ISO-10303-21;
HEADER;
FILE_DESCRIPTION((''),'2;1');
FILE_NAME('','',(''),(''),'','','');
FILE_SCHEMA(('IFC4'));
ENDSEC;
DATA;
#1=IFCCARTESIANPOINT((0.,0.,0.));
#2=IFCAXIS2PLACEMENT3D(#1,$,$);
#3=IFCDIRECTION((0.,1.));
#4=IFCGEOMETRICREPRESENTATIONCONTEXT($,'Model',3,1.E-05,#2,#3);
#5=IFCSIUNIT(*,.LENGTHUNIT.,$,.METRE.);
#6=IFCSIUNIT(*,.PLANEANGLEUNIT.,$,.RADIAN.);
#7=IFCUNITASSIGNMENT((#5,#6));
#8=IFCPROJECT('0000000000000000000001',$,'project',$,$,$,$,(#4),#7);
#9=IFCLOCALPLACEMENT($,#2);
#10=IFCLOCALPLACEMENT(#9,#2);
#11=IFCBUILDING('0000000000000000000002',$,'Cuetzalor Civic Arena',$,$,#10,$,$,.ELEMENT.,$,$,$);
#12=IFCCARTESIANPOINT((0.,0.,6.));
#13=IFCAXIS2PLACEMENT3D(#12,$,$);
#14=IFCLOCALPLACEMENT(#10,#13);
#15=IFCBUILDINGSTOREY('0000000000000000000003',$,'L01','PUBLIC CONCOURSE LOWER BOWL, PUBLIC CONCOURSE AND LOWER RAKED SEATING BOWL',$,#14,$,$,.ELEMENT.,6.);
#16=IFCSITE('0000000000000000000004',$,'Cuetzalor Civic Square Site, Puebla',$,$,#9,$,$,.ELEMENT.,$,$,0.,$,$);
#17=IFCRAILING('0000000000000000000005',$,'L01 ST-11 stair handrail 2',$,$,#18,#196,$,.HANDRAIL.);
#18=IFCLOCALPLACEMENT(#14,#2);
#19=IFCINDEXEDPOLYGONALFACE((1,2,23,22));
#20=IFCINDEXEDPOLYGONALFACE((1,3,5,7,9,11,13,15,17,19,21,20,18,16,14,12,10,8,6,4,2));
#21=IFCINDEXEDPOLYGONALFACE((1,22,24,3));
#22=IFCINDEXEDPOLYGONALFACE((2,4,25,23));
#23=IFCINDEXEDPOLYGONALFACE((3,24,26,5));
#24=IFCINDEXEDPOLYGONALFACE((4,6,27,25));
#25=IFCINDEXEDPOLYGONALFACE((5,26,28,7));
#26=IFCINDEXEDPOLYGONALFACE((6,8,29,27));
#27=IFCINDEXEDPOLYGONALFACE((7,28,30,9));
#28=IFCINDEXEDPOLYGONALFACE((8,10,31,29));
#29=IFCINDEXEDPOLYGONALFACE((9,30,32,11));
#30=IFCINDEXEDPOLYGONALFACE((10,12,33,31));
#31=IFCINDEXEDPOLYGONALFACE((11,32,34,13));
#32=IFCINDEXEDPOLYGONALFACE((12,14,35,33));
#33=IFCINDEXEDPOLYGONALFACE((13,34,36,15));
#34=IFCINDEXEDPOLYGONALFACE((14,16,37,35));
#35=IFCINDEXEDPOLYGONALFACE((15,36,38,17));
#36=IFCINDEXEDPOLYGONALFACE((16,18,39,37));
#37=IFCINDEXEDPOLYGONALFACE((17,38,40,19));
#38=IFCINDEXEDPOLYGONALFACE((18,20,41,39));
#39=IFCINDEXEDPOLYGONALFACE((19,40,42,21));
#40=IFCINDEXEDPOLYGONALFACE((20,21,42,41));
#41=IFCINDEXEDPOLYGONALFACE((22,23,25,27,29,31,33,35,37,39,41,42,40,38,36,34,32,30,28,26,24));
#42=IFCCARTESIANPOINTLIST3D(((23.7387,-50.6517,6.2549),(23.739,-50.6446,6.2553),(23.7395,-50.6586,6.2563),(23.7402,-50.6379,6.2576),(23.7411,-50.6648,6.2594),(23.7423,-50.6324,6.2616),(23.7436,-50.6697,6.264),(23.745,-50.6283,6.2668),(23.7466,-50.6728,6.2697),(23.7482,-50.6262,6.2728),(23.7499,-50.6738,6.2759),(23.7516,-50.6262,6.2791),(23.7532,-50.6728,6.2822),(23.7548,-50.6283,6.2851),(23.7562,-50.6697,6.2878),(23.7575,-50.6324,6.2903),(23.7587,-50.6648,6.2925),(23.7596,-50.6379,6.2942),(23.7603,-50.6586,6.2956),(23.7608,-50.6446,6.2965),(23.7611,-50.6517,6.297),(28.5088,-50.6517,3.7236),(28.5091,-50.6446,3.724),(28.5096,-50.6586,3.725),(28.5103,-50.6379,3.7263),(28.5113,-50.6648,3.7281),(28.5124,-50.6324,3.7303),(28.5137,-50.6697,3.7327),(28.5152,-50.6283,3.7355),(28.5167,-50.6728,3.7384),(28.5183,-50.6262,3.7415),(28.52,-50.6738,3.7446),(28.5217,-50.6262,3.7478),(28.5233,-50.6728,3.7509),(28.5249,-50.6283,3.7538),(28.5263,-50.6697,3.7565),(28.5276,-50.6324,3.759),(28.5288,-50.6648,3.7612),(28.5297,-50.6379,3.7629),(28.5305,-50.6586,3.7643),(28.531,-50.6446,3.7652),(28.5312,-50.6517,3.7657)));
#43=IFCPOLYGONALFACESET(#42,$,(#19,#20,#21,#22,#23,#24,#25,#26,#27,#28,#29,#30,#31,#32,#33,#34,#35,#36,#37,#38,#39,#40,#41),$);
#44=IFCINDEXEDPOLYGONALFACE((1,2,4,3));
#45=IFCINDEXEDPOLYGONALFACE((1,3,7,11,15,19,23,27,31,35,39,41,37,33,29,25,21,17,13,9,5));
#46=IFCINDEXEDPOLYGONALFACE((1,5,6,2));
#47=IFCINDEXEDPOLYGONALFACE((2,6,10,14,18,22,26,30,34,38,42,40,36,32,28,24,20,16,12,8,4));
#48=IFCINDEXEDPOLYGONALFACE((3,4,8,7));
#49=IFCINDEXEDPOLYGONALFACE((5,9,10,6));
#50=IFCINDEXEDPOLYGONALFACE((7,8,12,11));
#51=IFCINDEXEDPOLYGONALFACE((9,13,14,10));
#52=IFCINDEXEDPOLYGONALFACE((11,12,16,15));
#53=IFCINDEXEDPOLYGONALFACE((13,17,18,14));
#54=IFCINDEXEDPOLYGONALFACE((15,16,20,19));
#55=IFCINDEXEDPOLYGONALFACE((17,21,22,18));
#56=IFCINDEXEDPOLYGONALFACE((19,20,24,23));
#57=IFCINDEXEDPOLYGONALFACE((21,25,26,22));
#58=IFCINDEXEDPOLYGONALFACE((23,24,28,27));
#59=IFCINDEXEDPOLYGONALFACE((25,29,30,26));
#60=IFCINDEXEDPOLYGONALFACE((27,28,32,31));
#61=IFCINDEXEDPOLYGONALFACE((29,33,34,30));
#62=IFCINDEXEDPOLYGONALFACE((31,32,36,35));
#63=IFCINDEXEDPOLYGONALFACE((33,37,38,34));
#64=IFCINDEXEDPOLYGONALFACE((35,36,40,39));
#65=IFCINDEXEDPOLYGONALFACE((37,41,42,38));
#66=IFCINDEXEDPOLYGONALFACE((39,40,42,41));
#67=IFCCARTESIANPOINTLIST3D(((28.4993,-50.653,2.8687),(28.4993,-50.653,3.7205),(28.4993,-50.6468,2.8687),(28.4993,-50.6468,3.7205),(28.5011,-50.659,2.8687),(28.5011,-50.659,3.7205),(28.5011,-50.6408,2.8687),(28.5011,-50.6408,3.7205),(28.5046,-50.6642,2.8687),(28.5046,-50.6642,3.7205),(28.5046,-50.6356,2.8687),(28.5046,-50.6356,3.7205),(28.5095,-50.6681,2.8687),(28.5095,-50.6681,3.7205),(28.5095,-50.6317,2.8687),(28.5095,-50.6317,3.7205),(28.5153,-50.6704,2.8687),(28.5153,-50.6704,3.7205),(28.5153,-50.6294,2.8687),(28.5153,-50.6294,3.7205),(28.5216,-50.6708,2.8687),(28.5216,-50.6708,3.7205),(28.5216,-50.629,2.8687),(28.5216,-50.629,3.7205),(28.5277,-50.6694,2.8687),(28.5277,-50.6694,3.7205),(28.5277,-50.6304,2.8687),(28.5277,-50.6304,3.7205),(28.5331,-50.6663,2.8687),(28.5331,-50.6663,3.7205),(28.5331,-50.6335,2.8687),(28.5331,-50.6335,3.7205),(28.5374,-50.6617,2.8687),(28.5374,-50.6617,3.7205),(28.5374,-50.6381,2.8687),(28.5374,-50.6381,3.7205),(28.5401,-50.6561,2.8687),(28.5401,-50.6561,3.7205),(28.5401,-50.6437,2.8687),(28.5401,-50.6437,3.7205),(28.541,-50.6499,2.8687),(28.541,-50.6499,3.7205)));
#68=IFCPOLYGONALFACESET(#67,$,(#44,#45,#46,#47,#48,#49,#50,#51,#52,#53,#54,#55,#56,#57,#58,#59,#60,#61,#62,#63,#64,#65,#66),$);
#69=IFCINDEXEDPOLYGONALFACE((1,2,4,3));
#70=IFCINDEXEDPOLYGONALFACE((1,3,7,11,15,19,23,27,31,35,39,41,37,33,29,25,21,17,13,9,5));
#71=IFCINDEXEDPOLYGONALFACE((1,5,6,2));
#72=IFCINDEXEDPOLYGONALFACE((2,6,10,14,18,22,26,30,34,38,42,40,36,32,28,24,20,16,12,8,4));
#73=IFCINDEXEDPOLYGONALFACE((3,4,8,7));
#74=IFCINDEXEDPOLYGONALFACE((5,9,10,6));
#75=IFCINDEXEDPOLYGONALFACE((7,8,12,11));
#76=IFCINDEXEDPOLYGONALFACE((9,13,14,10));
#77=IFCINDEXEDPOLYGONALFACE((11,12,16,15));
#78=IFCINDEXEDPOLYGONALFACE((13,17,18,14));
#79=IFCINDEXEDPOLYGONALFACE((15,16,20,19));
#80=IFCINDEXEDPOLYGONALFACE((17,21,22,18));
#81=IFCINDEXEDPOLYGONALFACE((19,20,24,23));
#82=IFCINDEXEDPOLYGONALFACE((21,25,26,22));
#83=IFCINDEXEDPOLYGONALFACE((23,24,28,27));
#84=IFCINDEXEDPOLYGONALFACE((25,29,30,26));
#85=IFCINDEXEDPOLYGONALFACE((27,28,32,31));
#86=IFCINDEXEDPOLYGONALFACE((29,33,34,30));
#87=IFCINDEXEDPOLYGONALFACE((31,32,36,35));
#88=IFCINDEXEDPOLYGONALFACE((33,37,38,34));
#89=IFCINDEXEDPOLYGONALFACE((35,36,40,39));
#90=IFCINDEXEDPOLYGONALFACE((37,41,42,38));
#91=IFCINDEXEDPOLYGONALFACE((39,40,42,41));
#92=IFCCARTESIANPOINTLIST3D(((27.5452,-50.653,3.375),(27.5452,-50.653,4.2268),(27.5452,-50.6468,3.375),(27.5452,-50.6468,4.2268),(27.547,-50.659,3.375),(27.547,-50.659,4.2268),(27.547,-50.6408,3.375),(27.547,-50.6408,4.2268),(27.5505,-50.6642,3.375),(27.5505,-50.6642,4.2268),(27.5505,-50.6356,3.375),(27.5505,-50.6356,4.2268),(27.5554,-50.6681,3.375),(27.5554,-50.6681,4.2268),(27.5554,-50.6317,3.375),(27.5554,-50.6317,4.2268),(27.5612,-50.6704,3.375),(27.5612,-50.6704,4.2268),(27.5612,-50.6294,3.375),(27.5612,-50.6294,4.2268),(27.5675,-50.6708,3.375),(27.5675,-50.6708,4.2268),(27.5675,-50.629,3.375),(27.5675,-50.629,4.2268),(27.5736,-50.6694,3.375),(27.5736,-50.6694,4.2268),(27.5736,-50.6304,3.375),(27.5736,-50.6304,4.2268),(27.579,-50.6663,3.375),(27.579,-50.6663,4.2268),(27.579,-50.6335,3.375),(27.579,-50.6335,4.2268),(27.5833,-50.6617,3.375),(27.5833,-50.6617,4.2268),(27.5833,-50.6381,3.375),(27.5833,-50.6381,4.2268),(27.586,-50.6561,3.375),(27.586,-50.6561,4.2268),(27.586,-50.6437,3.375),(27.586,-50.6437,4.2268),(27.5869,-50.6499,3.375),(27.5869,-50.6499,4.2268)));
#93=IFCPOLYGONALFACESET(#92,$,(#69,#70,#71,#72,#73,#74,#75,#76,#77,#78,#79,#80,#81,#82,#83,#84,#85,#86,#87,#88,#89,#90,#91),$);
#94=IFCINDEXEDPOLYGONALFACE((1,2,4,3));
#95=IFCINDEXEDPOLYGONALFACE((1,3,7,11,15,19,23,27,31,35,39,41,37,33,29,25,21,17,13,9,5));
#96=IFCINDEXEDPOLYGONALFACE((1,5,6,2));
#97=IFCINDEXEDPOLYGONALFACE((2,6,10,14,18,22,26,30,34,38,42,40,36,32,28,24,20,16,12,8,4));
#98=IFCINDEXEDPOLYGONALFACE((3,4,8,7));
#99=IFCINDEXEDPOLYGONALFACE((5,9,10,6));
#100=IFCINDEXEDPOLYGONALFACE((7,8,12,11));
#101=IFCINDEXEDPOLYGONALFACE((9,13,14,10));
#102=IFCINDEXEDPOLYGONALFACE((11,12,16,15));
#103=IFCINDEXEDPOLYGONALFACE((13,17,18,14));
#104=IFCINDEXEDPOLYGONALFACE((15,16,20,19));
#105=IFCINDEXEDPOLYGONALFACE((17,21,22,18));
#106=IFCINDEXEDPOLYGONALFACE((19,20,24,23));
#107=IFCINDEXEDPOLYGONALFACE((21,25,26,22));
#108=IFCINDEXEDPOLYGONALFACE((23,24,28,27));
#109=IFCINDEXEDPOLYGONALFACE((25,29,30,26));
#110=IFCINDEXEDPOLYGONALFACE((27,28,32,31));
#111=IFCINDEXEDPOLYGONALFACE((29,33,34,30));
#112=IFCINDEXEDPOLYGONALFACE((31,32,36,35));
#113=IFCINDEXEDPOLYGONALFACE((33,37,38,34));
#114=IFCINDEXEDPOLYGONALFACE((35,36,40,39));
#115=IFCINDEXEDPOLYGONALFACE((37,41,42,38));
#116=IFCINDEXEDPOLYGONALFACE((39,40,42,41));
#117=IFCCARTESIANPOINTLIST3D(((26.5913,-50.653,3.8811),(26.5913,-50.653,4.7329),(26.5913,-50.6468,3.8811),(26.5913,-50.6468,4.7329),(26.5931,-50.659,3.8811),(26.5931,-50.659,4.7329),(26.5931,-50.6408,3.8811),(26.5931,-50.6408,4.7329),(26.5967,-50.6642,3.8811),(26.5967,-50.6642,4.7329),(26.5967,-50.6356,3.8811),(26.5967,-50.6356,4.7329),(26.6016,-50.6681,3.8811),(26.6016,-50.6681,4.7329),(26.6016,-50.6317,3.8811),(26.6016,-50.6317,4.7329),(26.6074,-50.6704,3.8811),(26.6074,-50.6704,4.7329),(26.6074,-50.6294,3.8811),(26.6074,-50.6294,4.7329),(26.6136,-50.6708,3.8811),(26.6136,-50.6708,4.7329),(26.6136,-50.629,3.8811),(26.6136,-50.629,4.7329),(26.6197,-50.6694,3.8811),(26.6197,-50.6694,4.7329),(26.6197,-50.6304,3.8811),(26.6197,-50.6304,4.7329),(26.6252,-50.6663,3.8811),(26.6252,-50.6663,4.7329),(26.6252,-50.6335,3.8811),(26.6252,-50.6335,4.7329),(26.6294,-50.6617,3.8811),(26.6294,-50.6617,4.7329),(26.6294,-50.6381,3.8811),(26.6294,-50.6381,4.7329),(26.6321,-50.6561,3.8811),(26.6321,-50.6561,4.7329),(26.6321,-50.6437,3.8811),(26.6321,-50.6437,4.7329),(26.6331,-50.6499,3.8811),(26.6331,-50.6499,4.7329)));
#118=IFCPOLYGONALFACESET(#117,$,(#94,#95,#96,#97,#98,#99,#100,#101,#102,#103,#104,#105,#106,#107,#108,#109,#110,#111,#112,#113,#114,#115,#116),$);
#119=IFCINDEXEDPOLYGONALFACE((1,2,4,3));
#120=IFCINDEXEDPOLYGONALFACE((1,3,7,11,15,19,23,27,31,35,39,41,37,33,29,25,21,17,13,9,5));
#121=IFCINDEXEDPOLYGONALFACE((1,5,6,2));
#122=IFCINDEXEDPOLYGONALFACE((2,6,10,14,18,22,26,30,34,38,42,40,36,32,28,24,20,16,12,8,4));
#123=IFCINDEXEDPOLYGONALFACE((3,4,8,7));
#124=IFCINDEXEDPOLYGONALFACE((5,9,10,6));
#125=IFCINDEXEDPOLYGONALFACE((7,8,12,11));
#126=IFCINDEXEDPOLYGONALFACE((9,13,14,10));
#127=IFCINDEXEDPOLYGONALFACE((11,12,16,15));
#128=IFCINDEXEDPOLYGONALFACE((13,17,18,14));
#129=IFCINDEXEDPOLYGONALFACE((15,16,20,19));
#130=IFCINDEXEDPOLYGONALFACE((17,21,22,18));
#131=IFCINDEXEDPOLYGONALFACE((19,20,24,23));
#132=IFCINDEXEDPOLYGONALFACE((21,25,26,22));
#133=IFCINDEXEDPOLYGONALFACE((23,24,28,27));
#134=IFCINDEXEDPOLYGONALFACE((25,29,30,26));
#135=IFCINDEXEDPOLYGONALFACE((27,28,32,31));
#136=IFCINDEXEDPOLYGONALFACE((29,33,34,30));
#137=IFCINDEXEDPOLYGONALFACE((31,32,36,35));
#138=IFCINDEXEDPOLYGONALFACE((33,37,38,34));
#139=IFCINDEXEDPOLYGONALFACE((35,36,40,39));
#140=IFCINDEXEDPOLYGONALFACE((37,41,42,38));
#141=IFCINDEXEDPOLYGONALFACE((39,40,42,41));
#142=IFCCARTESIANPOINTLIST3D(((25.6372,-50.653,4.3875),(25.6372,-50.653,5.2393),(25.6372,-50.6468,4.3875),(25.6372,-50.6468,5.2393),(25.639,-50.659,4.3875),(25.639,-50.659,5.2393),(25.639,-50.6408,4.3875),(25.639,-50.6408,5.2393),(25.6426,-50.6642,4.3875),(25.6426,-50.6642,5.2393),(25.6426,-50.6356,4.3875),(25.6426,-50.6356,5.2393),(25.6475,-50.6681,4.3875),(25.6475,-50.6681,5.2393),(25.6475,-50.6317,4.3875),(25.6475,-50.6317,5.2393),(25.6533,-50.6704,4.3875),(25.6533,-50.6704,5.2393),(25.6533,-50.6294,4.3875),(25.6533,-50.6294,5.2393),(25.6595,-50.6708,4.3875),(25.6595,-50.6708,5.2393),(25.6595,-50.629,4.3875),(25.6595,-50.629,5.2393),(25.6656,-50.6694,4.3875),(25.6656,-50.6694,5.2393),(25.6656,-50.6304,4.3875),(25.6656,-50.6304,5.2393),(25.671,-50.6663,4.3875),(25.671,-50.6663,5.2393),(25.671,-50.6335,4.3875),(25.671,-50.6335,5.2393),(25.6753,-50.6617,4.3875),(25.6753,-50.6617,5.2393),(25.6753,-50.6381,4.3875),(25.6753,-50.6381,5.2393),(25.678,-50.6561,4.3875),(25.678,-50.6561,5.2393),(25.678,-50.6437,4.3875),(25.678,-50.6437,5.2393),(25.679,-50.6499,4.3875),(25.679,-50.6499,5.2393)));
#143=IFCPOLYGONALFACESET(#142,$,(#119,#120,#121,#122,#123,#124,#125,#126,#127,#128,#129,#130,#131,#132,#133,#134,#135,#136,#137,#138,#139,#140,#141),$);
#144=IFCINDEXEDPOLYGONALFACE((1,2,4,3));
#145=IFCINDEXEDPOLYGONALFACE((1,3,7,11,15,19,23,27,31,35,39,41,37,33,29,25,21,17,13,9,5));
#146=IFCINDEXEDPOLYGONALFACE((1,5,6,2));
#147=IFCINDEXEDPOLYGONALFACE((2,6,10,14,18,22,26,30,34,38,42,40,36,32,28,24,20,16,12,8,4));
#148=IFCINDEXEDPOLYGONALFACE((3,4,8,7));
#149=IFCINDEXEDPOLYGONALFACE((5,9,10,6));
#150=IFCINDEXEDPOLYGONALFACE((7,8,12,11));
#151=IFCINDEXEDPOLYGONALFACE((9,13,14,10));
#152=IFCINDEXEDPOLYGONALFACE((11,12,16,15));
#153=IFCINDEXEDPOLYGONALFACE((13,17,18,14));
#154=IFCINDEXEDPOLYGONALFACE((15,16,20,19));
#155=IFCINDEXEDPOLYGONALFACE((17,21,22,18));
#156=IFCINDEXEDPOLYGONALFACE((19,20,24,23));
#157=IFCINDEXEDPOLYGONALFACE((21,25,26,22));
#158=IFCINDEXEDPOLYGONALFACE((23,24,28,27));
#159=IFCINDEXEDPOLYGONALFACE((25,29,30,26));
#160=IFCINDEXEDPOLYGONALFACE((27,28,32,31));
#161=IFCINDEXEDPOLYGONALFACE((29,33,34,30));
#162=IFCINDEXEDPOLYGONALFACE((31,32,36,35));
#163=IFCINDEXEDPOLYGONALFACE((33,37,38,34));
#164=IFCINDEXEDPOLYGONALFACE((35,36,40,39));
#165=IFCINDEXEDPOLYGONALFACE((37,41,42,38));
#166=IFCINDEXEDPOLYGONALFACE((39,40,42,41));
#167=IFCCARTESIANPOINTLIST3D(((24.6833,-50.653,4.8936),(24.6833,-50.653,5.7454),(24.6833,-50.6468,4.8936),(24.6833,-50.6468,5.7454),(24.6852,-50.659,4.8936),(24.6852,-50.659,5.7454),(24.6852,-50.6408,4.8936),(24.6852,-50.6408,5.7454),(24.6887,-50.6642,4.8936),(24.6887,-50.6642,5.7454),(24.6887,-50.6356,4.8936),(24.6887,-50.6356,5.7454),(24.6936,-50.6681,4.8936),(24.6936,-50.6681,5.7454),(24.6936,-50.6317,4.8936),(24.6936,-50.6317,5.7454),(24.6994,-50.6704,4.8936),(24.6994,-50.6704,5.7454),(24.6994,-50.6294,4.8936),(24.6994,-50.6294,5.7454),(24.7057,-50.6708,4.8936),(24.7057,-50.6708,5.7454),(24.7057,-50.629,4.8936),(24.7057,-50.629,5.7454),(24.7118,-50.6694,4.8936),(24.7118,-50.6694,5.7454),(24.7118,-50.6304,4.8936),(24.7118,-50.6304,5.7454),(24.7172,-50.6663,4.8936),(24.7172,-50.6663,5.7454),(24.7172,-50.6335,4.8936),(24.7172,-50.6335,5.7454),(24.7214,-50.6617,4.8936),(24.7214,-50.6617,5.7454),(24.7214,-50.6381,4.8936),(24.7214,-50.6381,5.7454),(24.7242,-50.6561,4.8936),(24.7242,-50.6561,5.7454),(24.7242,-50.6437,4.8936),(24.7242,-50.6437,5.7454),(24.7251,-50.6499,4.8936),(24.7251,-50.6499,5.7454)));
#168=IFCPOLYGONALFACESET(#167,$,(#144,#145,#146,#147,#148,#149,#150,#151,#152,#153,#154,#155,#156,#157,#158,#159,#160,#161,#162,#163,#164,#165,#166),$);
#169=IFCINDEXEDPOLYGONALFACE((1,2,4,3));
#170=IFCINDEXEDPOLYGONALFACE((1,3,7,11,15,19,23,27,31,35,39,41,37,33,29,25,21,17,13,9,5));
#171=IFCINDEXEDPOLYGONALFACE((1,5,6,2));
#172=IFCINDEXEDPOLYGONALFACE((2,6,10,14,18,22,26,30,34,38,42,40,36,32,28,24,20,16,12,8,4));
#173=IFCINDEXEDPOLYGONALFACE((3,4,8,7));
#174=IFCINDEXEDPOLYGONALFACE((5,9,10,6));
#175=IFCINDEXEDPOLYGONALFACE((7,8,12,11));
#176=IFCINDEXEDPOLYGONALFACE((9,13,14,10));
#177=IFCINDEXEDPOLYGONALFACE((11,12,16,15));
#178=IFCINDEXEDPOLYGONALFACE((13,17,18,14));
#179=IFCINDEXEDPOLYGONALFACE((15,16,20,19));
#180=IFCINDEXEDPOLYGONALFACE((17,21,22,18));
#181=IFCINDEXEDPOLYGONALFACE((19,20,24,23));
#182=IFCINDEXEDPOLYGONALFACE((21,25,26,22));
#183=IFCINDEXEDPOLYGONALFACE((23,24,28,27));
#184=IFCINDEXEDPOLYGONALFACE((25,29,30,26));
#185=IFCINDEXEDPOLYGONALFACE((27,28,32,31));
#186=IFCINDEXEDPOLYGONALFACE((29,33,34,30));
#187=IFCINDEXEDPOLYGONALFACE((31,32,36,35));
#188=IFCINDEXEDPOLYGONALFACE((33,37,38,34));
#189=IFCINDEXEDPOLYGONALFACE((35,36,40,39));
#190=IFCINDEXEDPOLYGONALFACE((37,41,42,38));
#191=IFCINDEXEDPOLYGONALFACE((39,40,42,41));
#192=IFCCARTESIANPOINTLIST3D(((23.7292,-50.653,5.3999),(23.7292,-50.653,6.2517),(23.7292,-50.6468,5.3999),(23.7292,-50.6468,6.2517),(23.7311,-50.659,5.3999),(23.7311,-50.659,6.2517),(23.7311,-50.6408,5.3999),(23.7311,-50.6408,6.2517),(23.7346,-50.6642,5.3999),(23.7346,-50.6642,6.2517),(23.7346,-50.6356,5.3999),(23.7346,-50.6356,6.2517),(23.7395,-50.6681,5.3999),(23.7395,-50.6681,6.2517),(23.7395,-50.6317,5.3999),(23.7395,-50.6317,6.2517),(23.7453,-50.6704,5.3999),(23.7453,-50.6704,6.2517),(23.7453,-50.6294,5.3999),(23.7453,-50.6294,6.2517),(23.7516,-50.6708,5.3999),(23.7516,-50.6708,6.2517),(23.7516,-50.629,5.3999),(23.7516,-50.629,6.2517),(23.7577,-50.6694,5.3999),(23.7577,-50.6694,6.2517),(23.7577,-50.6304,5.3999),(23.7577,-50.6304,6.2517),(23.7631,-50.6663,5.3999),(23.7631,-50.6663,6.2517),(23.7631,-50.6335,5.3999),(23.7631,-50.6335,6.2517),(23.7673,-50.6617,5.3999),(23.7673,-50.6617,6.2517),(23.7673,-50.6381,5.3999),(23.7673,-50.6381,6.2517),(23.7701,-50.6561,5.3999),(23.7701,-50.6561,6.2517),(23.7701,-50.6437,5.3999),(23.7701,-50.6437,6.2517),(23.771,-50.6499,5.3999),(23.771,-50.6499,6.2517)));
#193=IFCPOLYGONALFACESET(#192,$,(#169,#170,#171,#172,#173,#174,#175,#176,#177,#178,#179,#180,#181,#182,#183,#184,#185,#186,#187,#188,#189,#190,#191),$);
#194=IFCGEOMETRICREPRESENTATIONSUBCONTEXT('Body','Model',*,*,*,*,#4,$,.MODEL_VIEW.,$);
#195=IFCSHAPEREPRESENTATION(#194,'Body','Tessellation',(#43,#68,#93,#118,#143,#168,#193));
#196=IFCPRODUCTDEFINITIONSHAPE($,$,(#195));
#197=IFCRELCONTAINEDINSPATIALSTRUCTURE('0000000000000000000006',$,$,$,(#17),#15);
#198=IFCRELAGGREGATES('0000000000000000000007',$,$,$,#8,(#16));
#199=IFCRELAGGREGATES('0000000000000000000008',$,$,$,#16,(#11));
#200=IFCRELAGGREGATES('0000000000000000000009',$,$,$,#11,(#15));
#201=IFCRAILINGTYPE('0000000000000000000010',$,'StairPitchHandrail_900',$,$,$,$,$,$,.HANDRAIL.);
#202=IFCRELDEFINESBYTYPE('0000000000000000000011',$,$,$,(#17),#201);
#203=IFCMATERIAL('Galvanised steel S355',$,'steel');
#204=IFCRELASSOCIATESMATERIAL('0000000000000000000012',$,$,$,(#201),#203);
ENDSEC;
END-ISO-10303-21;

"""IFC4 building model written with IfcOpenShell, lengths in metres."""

from ifc_helpers import new_model, si_unit, direction, frame, origin, origin_2d, place, context, subcontext, project, spatial, circle, extrude, material, type_object, element, save


model = new_model("IFC4")

# Units and contexts
model_context = context("Model", 3, precision=1e-05, world=origin(), true_north=direction((0.0, 1.0)))
body_context = subcontext(model_context, "Body", "Model", "MODEL_VIEW")
ifc_project = project(units=[si_unit("LENGTHUNIT", "METRE"), si_unit("PLANEANGLEUNIT", "RADIAN")], contexts=[model_context])

# Site, building, storey
site_placement = place(None, origin())
site = spatial("IfcSite", under=ifc_project, at=site_placement, Name="Cuetzalor Civic Square Site, Puebla", CompositionType="ELEMENT", RefElevation=0.0)
building_placement = place(site_placement, origin())
building = spatial("IfcBuilding", under=site, at=building_placement, Name="Cuetzalor Civic Arena", CompositionType="ELEMENT")
storey_placement = place(building_placement, frame((0.0, 0.0, 6.0)))
storey = spatial("IfcBuildingStorey", under=building, at=storey_placement, Name="L01", Description="PUBLIC CONCOURSE LOWER BOWL, PUBLIC CONCOURSE AND LOWER RAKED SEATING BOWL", CompositionType="ELEMENT", Elevation=6.0)

# Railing
ifc_material_1 = material(Name="Galvanised steel S355", Category="steel")
railing_type_1 = type_object("IfcRailingType", Name="StairPitchHandrail_900", PredefinedType="HANDRAIL", material=ifc_material_1)
railing_1_placement = place(storey_placement, frame((28.52, -50.6499, 2.8687)))
element("IfcRailing", 1, at=railing_1_placement, inside=storey, type_object=railing_type_1, Name="L01 ST-11 stair handrail 2", PredefinedType="HANDRAIL", context=body_context, shape_type="SweptSolid", body=[
    extrude(circle(Radius=0.0239, at=origin_2d()), frame((0.0, 0.0, 0.876), z_axis=(-0.883332, 0.0, 0.468747), x_axis=(0.0, -1.0, 0.0)), (0.0, 0.0, 1.0), 5.4001),
    extrude(circle(Radius=0.021, at=origin_2d()), origin(), (0.0, 0.0, 1.0), 0.8518),
    extrude(circle(Radius=0.021, at=origin_2d()), frame((-0.9541, 0.0, 0.5063)), (0.0, 0.0, 1.0), 0.8518),
    extrude(circle(Radius=0.021, at=origin_2d()), frame((-1.908, 0.0, 1.0125)), (0.0, 0.0, 1.0), 0.8518),
    extrude(circle(Radius=0.021, at=origin_2d()), frame((-2.8621, 0.0, 1.5188)), (0.0, 0.0, 1.0), 0.8518),
    extrude(circle(Radius=0.021, at=origin_2d()), frame((-3.8159, 0.0, 2.0249)), (0.0, 0.0, 1.0), 0.8518),
    extrude(circle(Radius=0.021, at=origin_2d()), frame((-4.77, 0.0, 2.5312)), (0.0, 0.0, 1.0), 0.8518),
])

save(model, "model.ifc")
